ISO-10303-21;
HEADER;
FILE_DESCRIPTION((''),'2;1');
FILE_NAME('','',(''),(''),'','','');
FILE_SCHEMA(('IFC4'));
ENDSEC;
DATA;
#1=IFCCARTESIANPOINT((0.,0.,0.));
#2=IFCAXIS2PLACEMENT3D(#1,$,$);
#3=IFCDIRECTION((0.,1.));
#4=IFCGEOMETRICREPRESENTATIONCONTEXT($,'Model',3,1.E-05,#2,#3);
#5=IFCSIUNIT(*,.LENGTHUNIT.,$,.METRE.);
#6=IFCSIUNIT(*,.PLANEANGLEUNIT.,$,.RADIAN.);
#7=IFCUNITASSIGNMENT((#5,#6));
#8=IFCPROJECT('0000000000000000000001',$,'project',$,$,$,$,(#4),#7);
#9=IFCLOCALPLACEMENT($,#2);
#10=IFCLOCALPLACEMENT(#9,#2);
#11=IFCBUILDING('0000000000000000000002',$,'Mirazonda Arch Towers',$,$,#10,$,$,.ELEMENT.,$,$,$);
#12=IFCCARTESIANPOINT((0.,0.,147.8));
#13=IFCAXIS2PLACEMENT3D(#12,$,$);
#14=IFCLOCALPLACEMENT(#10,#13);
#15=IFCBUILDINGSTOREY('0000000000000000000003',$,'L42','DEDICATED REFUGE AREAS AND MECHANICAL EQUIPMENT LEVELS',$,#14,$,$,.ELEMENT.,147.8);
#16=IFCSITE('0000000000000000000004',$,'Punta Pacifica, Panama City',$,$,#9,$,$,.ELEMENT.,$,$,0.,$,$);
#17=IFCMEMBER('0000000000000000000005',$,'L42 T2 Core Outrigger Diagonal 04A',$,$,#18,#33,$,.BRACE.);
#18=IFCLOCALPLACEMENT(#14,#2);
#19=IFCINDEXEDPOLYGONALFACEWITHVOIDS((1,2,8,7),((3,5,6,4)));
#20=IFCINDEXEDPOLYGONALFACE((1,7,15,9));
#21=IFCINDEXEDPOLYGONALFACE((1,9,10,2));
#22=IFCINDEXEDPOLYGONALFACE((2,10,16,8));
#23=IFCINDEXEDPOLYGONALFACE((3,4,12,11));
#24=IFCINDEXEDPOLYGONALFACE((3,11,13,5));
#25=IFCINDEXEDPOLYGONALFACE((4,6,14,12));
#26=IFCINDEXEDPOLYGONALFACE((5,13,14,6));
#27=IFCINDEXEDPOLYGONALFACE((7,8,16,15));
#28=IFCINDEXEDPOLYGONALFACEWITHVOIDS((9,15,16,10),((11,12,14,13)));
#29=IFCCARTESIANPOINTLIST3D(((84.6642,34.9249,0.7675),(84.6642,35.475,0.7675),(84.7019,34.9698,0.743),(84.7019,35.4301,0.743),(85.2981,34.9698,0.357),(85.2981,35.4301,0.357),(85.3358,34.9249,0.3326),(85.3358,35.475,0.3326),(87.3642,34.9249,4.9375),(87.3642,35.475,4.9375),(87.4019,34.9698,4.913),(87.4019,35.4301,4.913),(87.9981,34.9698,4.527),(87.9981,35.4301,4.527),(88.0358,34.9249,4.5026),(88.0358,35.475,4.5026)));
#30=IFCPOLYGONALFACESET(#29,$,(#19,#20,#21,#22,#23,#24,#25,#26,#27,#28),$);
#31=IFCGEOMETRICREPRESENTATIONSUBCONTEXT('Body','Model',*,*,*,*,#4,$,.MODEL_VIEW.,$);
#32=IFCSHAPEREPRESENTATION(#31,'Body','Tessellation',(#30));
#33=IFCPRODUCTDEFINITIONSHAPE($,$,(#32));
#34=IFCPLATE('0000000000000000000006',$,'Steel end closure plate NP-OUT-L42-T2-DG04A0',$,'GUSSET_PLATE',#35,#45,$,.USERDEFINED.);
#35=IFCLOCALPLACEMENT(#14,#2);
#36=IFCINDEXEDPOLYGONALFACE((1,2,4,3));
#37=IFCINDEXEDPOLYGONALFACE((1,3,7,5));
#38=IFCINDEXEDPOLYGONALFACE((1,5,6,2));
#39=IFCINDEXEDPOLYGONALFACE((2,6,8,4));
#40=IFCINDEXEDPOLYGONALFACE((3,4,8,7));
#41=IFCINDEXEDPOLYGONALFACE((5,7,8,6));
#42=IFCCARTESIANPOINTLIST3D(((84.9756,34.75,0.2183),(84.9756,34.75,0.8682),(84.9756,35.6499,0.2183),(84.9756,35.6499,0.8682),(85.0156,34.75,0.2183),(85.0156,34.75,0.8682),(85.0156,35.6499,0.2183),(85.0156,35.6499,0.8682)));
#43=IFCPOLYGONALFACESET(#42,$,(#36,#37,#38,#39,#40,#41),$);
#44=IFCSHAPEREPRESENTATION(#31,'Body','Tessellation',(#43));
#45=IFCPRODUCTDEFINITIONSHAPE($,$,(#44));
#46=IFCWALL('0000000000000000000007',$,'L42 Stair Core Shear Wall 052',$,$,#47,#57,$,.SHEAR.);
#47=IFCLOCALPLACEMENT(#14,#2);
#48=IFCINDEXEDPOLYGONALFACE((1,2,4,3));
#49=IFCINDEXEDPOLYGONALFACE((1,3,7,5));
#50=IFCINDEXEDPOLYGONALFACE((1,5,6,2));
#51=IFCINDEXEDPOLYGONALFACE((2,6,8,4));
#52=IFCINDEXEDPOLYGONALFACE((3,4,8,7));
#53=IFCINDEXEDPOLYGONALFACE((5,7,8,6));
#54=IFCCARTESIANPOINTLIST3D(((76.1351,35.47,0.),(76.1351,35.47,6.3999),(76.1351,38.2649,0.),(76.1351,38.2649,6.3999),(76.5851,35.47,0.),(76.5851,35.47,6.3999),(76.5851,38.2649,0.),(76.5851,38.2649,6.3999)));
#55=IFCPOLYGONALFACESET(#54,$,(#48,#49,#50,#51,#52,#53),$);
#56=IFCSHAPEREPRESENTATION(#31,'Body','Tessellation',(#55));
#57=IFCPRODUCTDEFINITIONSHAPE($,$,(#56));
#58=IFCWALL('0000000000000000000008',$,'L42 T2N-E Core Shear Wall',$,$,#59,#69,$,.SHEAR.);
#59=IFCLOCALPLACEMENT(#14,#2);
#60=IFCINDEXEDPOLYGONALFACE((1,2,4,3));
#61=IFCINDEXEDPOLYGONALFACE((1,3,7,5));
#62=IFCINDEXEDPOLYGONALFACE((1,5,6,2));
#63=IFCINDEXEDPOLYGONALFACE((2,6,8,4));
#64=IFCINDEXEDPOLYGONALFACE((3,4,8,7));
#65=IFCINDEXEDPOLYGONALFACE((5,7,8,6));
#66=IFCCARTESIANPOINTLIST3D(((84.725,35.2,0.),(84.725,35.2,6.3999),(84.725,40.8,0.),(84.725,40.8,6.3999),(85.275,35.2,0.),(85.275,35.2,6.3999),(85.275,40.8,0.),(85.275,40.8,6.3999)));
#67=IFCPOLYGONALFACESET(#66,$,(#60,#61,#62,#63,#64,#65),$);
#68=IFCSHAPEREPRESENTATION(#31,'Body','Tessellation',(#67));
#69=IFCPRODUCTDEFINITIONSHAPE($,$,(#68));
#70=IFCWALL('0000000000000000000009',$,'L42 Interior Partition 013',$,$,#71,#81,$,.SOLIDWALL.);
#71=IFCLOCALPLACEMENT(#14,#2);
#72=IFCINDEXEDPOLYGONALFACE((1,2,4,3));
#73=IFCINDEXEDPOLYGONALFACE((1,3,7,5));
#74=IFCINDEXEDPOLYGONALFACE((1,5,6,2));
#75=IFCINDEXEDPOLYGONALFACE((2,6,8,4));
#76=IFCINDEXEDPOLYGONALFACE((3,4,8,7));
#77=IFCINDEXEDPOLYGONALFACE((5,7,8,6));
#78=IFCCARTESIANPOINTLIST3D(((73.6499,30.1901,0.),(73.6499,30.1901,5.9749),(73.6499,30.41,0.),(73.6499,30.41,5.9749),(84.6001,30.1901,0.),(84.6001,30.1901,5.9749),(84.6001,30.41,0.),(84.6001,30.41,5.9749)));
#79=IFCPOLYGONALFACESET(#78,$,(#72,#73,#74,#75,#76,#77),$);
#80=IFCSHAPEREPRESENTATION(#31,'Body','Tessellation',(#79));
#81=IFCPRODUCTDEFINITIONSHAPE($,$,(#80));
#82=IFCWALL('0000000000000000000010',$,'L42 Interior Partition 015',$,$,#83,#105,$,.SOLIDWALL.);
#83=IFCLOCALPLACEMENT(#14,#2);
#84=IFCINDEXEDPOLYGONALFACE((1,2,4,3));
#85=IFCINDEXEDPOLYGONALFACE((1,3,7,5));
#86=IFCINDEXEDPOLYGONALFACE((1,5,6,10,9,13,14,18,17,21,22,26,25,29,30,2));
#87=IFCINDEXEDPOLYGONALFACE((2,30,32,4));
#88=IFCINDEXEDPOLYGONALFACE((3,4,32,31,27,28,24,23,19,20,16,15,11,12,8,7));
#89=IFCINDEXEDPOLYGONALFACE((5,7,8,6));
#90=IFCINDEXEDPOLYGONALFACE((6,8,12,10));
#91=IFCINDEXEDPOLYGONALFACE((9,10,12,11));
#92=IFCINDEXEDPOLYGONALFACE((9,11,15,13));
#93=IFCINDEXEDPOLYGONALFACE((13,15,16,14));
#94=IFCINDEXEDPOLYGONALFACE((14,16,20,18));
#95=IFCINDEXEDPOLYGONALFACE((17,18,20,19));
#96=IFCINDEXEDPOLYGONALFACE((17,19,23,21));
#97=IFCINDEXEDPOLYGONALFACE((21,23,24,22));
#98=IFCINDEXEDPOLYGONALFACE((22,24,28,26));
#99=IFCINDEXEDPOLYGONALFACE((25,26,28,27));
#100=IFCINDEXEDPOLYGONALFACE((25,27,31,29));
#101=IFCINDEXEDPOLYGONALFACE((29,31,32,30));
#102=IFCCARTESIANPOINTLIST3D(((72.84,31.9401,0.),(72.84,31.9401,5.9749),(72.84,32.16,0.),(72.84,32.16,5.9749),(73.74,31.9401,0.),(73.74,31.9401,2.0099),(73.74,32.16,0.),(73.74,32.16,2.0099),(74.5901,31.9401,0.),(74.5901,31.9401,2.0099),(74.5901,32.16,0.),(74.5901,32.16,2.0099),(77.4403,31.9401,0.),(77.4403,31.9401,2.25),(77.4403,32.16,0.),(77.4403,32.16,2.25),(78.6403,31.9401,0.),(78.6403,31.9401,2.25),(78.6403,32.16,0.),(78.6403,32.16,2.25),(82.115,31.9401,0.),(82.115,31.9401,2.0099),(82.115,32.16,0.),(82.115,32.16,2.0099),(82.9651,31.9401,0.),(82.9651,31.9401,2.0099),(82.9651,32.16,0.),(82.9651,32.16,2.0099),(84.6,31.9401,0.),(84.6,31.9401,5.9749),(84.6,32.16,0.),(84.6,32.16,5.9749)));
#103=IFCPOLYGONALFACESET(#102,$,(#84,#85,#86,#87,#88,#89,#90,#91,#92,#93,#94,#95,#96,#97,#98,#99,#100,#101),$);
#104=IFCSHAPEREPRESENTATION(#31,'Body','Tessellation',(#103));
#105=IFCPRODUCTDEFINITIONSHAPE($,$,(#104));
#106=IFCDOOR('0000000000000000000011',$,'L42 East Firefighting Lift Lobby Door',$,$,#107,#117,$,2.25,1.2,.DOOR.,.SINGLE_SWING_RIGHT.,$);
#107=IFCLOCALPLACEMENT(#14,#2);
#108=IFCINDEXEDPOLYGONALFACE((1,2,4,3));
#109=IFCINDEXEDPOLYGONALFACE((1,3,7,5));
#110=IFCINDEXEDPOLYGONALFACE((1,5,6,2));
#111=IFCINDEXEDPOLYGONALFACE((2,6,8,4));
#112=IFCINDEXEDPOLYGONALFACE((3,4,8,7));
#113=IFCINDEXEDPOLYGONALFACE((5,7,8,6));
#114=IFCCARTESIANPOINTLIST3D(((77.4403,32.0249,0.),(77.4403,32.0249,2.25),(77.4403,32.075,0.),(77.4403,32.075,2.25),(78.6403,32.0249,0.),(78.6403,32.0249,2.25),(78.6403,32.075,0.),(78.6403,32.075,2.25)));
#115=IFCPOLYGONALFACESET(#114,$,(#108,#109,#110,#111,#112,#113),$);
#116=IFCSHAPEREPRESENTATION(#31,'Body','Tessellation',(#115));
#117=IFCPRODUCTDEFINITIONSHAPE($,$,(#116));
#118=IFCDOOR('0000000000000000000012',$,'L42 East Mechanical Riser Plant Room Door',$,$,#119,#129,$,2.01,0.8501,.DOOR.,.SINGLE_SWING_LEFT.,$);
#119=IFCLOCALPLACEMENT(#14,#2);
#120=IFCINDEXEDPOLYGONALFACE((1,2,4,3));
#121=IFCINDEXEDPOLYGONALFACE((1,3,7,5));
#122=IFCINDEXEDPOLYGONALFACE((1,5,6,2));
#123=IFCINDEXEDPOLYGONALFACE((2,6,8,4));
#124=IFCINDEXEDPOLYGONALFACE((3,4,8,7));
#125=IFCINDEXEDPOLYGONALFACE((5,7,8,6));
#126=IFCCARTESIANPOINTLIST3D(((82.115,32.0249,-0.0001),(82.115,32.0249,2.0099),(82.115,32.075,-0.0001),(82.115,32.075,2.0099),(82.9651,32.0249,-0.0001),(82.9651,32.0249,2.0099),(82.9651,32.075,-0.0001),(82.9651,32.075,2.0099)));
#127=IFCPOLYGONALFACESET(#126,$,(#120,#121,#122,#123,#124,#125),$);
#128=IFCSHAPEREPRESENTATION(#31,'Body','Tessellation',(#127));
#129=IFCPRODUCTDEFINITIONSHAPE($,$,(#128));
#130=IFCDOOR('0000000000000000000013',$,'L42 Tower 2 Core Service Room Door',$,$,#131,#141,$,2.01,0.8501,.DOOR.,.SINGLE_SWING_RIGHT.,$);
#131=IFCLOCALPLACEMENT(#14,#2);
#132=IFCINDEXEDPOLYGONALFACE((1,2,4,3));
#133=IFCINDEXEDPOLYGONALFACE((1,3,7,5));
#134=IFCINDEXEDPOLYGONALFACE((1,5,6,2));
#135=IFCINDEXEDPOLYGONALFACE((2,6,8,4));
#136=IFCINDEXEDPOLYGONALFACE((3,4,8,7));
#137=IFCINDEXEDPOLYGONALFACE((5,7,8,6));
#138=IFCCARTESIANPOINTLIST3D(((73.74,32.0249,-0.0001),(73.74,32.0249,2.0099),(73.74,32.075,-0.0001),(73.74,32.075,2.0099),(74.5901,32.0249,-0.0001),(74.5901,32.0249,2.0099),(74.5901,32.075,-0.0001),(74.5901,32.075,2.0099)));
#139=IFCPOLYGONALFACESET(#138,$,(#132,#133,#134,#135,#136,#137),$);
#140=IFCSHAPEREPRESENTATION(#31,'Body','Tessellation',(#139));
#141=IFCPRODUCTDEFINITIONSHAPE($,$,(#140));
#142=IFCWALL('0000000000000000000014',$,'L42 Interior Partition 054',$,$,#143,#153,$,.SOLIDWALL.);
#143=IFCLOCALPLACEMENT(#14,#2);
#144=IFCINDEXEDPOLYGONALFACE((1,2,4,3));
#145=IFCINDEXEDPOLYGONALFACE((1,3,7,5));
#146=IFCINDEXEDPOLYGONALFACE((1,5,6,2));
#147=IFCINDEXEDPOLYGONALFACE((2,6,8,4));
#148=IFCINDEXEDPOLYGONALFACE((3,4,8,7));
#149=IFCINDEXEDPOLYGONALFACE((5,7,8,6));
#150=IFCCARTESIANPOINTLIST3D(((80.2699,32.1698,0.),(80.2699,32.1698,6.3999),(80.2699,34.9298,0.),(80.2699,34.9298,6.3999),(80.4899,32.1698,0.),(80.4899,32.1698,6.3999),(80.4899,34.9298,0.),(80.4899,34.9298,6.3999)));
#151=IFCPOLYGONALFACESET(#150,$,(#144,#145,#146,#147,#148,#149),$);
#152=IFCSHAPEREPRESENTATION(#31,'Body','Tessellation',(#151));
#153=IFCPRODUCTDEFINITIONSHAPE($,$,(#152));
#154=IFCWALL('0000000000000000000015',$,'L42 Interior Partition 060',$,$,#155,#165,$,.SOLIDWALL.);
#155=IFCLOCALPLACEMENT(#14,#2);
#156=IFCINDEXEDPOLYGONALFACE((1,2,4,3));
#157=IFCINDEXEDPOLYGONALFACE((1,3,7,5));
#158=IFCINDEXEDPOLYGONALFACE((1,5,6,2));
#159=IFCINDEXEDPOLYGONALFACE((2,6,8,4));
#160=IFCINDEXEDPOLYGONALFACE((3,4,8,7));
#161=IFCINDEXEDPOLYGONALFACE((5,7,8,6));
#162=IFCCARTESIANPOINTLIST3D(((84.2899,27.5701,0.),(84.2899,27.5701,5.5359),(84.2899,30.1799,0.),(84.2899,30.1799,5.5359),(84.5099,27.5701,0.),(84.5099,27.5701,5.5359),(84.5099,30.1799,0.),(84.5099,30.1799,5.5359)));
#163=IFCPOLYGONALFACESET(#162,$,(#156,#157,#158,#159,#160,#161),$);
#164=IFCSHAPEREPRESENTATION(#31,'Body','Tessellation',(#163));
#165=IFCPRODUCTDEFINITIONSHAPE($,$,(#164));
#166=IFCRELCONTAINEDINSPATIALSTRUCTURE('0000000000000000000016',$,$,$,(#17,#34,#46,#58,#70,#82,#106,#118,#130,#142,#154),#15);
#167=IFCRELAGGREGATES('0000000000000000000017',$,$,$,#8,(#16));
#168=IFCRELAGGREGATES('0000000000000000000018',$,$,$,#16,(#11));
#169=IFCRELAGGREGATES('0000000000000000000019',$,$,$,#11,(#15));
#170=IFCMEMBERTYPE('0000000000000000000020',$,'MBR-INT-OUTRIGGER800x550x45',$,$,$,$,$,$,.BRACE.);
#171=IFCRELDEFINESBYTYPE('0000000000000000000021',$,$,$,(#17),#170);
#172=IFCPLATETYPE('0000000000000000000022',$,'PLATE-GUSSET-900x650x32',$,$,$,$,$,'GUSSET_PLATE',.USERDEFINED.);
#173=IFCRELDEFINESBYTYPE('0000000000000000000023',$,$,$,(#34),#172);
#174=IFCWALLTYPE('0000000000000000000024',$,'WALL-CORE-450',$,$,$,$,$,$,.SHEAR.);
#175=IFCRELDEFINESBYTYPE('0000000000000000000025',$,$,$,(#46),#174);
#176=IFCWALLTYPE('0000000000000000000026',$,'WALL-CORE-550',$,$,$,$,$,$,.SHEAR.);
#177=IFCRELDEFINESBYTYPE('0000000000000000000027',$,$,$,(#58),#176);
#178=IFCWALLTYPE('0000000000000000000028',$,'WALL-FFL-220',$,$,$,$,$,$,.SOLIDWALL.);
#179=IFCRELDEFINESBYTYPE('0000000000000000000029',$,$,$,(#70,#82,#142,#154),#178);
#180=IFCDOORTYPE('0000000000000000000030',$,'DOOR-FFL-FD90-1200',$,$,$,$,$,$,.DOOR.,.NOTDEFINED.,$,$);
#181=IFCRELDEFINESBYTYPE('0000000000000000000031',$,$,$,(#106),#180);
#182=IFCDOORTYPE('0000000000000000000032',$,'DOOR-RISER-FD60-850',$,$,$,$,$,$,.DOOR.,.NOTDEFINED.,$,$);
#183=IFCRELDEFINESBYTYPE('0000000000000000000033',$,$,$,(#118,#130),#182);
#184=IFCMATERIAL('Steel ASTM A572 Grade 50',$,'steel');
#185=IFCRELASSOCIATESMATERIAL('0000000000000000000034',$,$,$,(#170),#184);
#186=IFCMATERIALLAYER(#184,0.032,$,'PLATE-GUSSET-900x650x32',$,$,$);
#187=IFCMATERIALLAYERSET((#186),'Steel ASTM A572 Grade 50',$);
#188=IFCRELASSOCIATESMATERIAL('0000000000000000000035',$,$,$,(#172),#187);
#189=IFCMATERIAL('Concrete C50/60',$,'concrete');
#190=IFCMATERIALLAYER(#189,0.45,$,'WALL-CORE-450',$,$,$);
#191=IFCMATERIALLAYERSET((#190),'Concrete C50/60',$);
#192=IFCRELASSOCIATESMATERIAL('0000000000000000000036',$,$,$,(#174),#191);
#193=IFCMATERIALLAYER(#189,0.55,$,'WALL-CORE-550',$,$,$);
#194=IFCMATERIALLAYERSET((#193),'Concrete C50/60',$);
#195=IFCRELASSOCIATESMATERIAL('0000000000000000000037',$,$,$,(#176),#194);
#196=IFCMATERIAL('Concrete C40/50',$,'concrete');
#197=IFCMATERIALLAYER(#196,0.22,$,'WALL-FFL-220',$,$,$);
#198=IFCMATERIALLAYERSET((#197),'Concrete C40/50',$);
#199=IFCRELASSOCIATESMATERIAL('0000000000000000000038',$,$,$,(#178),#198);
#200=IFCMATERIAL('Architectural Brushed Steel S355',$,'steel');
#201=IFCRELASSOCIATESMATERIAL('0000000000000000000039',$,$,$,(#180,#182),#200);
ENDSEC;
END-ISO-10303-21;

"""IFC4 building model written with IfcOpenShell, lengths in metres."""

from ifc_helpers import new_model, si_unit, direction, frame, frame_2d, origin, origin_2d, place, context, subcontext, project, spatial, rectangle, hollow_rectangle, extrude, material, layer, layer_set, material_profile, profile_set, type_object, element, fill, save


model = new_model("IFC4")

# Units and contexts
model_context = context("Model", 3, precision=1e-05, world=origin(), true_north=direction((0.0, 1.0)))
body_context = subcontext(model_context, "Body", "Model", "MODEL_VIEW")
ifc_project = project(units=[si_unit("LENGTHUNIT", "METRE"), si_unit("PLANEANGLEUNIT", "RADIAN")], contexts=[model_context])

# Site, building, storey
site_placement = place(None, origin())
site = spatial("IfcSite", under=ifc_project, at=site_placement, Name="Punta Pacifica, Panama City", CompositionType="ELEMENT", RefElevation=0.0)
building_placement = place(site_placement, origin())
building = spatial("IfcBuilding", under=site, at=building_placement, Name="Mirazonda Arch Towers", CompositionType="ELEMENT")
storey_placement = place(building_placement, frame((0.0, 0.0, 147.8)))
storey = spatial("IfcBuildingStorey", under=building, at=storey_placement, Name="L42", Description="DEDICATED REFUGE AREAS AND MECHANICAL EQUIPMENT LEVELS", CompositionType="ELEMENT", Elevation=147.8)

# Shared definitions
ifc_material_1 = material(Name="Concrete C50/60", Category="concrete")

# Member
ifc_material_2 = material(Name="Steel ASTM A572 Grade 50", Category="steel")
ifc_material_profile_1 = material_profile(ifc_material_2, hollow_rectangle(XDim=0.55, YDim=0.8, WallThickness=0.0449, at=origin_2d()), Name="OUTRIGGER800x550x45")
ifc_profile_set_1 = profile_set([ifc_material_profile_1], Name="Steel ASTM A572 Grade 50")
member_type_1 = type_object("IfcMemberType", Name="MBR-INT-OUTRIGGER800x550x45", PredefinedType="BRACE", material=ifc_profile_set_1)
member_placement = place(storey_placement, frame((85.0, 35.2, 0.55), z_axis=(0.543502, 0.0, 0.839408), x_axis=(0.0, 1.0, 0.0)))
element("IfcMember", 1, at=member_placement, inside=storey, type_object=member_type_1, Name="L42 T2 Core Outrigger Diagonal 04A", PredefinedType="BRACE", context=body_context, shape_type="SweptSolid", body=[
    extrude(hollow_rectangle(XDim=0.55, YDim=0.8, WallThickness=0.0449, at=origin_2d()), origin(), (0.0, 0.0, 1.0), 4.9678),
])

# Plate
ifc_layer_1 = layer(ifc_material_2, 0.032, Name="PLATE-GUSSET-900x650x32")
ifc_layer_set_1 = layer_set([ifc_layer_1], Name="Steel ASTM A572 Grade 50")
plate_type = type_object("IfcPlateType", Name="PLATE-GUSSET-900x650x32", ElementType="GUSSET_PLATE", PredefinedType="USERDEFINED", material=ifc_layer_set_1)
plate_placement = place(storey_placement, frame((84.9956, 35.2, 0.2183), z_axis=(0.0, 0.0, 1.0), x_axis=(-1.0, 0.0, 0.0)))
element("IfcPlate", 2, at=plate_placement, inside=storey, type_object=plate_type, Name="Steel end closure plate NP-OUT-L42-T2-DG04A0", ObjectType="GUSSET_PLATE", PredefinedType="USERDEFINED", context=body_context, shape_type="SweptSolid", body=[
    extrude(rectangle(XDim=0.04, YDim=0.8999, at=origin_2d()), origin(), (0.0, 0.0, 1.0), 0.6499),
])

# Walls
ifc_layer_2 = layer(ifc_material_1, 0.45, Name="WALL-CORE-450")
ifc_layer_set_2 = layer_set([ifc_layer_2], Name="Concrete C50/60")
wall_type_1 = type_object("IfcWallType", Name="WALL-CORE-450", PredefinedType="SHEAR", material=ifc_layer_set_2)
wall_1_placement = place(storey_placement, frame((76.3601, 35.47, 0.0), z_axis=(0.0, 0.0, 1.0), x_axis=(0.0, 1.0, 0.0)))
element("IfcWall", 3, at=wall_1_placement, inside=storey, type_object=wall_type_1, Name="L42 Stair Core Shear Wall 052", PredefinedType="SHEAR", context=body_context, shape_type="SweptSolid", body=[
    extrude(rectangle(XDim=2.7949, YDim=0.45, at=frame_2d((1.3975, 0.0))), origin(), (0.0, 0.0, 1.0), 6.3999),
])
ifc_layer_3 = layer(ifc_material_1, 0.55, Name="WALL-CORE-550")
ifc_layer_set_3 = layer_set([ifc_layer_3], Name="Concrete C50/60")
wall_type_2 = type_object("IfcWallType", Name="WALL-CORE-550", PredefinedType="SHEAR", material=ifc_layer_set_3)
wall_2_placement = place(storey_placement, frame((85.0, 35.2, 0.0), z_axis=(0.0, 0.0, 1.0), x_axis=(0.0, 1.0, 0.0)))
element("IfcWall", 4, at=wall_2_placement, inside=storey, type_object=wall_type_2, Name="L42 T2N-E Core Shear Wall", PredefinedType="SHEAR", context=body_context, shape_type="SweptSolid", body=[
    extrude(rectangle(XDim=5.6001, YDim=0.55, at=frame_2d((2.8, 0.0))), origin(), (0.0, 0.0, 1.0), 6.3999),
])
ifc_material_3 = material(Name="Concrete C40/50", Category="concrete")
ifc_layer_4 = layer(ifc_material_3, 0.22, Name="WALL-FFL-220")
ifc_layer_set_4 = layer_set([ifc_layer_4], Name="Concrete C40/50")
wall_type_3 = type_object("IfcWallType", Name="WALL-FFL-220", PredefinedType="SOLIDWALL", material=ifc_layer_set_4)
wall_3_placement = place(storey_placement, frame((73.6499, 30.3, 0.0), z_axis=(0.0, 0.0, 1.0), x_axis=(1.0, 0.0, 0.0)))
element("IfcWall", 5, at=wall_3_placement, inside=storey, type_object=wall_type_3, Name="L42 Interior Partition 013", PredefinedType="SOLIDWALL", context=body_context, shape_type="SweptSolid", body=[
    extrude(rectangle(XDim=10.9502, YDim=0.22, at=frame_2d((5.4751, 0.0))), origin(), (0.0, 0.0, 1.0), 5.9749),
])

# Wall, openings, doors
wall_4_placement = place(storey_placement, frame((72.8401, 32.05, 0.0), z_axis=(0.0, 0.0, 1.0), x_axis=(1.0, 0.0, 0.0)))
wall_4 = element("IfcWall", 6, at=wall_4_placement, inside=storey, type_object=wall_type_3, Name="L42 Interior Partition 015", PredefinedType="SOLIDWALL", context=body_context, shape_type="SweptSolid", body=[
    extrude(rectangle(XDim=11.76, YDim=0.22, at=frame_2d((5.8799, 0.0))), origin(), (0.0, 0.0, 1.0), 5.9749),
])
opening_1_placement = place(wall_4_placement, frame((4.6001, 0.0, 0.0)))
opening_1 = element("IfcOpeningElement", 7, at=opening_1_placement, cuts=wall_4, PredefinedType="OPENING", context=body_context, shape_type="SweptSolid", body=[
    extrude(rectangle(XDim=1.2, YDim=2.25, at=frame_2d((0.6001, 1.125))), frame((0.0, 0.1199, 0.0), z_axis=(0.0, -1.0, 0.0), x_axis=(1.0, 0.0, 0.0)), (0.0, 0.0, 1.0), 0.24),
])
opening_2_placement = place(wall_4_placement, frame((9.2749, 0.0, 0.0)))
opening_2 = element("IfcOpeningElement", 8, at=opening_2_placement, cuts=wall_4, PredefinedType="OPENING", context=body_context, shape_type="SweptSolid", body=[
    extrude(rectangle(XDim=0.8501, YDim=2.01, at=frame_2d((0.425, 1.0049))), frame((0.0, 0.1199, 0.0), z_axis=(0.0, -1.0, 0.0), x_axis=(1.0, 0.0, 0.0)), (0.0, 0.0, 1.0), 0.24),
])
opening_3_placement = place(wall_4_placement, frame((0.8999, 0.0, 0.0)))
opening_3 = element("IfcOpeningElement", 9, at=opening_3_placement, cuts=wall_4, PredefinedType="OPENING", context=body_context, shape_type="SweptSolid", body=[
    extrude(rectangle(XDim=0.8501, YDim=2.01, at=frame_2d((0.425, 1.0049))), frame((0.0, 0.1199, 0.0), z_axis=(0.0, -1.0, 0.0), x_axis=(1.0, 0.0, 0.0)), (0.0, 0.0, 1.0), 0.24),
])
ifc_material_4 = material(Name="Architectural Brushed Steel S355", Category="steel")
door_type_1 = type_object("IfcDoorType", Name="DOOR-FFL-FD90-1200", OperationType="NOTDEFINED", PredefinedType="DOOR", material=ifc_material_4)
door_1_placement = place(opening_1_placement, origin())
door_1 = element("IfcDoor", 10, at=door_1_placement, inside=storey, type_object=door_type_1, Name="L42 East Firefighting Lift Lobby Door", OperationType="SINGLE_SWING_RIGHT", OverallHeight=2.25, OverallWidth=1.2, PredefinedType="DOOR", context=body_context, shape_type="SweptSolid", body=[
    extrude(rectangle(XDim=1.2, YDim=2.25, at=frame_2d((0.6001, 1.125))), frame((0.0, 0.0249, 0.0), z_axis=(0.0, -1.0, 0.0), x_axis=(1.0, 0.0, 0.0)), (0.0, 0.0, 1.0), 0.05),
])
fill(opening_1, door_1)
door_type_2 = type_object("IfcDoorType", Name="DOOR-RISER-FD60-850", OperationType="NOTDEFINED", PredefinedType="DOOR", material=ifc_material_4)
door_2_placement = place(opening_2_placement, origin())
door_2 = element("IfcDoor", 11, at=door_2_placement, inside=storey, type_object=door_type_2, Name="L42 East Mechanical Riser Plant Room Door", OperationType="SINGLE_SWING_LEFT", OverallHeight=2.01, OverallWidth=0.8501, PredefinedType="DOOR", context=body_context, shape_type="SweptSolid", body=[
    extrude(rectangle(XDim=0.8501, YDim=2.01, at=frame_2d((0.425, 1.0049))), frame((0.0, 0.0249, 0.0), z_axis=(0.0, -1.0, 0.0), x_axis=(1.0, 0.0, 0.0)), (0.0, 0.0, 1.0), 0.05),
])
fill(opening_2, door_2)
door_3_placement = place(opening_3_placement, origin())
door_3 = element("IfcDoor", 12, at=door_3_placement, inside=storey, type_object=door_type_2, Name="L42 Tower 2 Core Service Room Door", OperationType="SINGLE_SWING_RIGHT", OverallHeight=2.01, OverallWidth=0.8501, PredefinedType="DOOR", context=body_context, shape_type="SweptSolid", body=[
    extrude(rectangle(XDim=0.8501, YDim=2.01, at=frame_2d((0.425, 1.0049))), frame((0.0, 0.0249, 0.0), z_axis=(0.0, -1.0, 0.0), x_axis=(1.0, 0.0, 0.0)), (0.0, 0.0, 1.0), 0.05),
])
fill(opening_3, door_3)

# Walls
wall_5_placement = place(storey_placement, frame((80.3799, 32.1699, 0.0), z_axis=(0.0, 0.0, 1.0), x_axis=(0.0, 1.0, 0.0)))
element("IfcWall", 13, at=wall_5_placement, inside=storey, type_object=wall_type_3, Name="L42 Interior Partition 054", PredefinedType="SOLIDWALL", context=body_context, shape_type="SweptSolid", body=[
    extrude(rectangle(XDim=2.76, YDim=0.22, at=frame_2d((1.3799, 0.0))), origin(), (0.0, 0.0, 1.0), 6.3999),
])
wall_6_placement = place(storey_placement, frame((84.3999, 27.5701, 0.0), z_axis=(0.0, 0.0, 1.0), x_axis=(0.0, 1.0, 0.0)))
element("IfcWall", 14, at=wall_6_placement, inside=storey, type_object=wall_type_3, Name="L42 Interior Partition 060", PredefinedType="SOLIDWALL", context=body_context, shape_type="SweptSolid", body=[
    extrude(rectangle(XDim=2.6099, YDim=0.22, at=frame_2d((1.3049, 0.0))), origin(), (0.0, 0.0, 1.0), 5.5359),
])

save(model, "model.ifc")
